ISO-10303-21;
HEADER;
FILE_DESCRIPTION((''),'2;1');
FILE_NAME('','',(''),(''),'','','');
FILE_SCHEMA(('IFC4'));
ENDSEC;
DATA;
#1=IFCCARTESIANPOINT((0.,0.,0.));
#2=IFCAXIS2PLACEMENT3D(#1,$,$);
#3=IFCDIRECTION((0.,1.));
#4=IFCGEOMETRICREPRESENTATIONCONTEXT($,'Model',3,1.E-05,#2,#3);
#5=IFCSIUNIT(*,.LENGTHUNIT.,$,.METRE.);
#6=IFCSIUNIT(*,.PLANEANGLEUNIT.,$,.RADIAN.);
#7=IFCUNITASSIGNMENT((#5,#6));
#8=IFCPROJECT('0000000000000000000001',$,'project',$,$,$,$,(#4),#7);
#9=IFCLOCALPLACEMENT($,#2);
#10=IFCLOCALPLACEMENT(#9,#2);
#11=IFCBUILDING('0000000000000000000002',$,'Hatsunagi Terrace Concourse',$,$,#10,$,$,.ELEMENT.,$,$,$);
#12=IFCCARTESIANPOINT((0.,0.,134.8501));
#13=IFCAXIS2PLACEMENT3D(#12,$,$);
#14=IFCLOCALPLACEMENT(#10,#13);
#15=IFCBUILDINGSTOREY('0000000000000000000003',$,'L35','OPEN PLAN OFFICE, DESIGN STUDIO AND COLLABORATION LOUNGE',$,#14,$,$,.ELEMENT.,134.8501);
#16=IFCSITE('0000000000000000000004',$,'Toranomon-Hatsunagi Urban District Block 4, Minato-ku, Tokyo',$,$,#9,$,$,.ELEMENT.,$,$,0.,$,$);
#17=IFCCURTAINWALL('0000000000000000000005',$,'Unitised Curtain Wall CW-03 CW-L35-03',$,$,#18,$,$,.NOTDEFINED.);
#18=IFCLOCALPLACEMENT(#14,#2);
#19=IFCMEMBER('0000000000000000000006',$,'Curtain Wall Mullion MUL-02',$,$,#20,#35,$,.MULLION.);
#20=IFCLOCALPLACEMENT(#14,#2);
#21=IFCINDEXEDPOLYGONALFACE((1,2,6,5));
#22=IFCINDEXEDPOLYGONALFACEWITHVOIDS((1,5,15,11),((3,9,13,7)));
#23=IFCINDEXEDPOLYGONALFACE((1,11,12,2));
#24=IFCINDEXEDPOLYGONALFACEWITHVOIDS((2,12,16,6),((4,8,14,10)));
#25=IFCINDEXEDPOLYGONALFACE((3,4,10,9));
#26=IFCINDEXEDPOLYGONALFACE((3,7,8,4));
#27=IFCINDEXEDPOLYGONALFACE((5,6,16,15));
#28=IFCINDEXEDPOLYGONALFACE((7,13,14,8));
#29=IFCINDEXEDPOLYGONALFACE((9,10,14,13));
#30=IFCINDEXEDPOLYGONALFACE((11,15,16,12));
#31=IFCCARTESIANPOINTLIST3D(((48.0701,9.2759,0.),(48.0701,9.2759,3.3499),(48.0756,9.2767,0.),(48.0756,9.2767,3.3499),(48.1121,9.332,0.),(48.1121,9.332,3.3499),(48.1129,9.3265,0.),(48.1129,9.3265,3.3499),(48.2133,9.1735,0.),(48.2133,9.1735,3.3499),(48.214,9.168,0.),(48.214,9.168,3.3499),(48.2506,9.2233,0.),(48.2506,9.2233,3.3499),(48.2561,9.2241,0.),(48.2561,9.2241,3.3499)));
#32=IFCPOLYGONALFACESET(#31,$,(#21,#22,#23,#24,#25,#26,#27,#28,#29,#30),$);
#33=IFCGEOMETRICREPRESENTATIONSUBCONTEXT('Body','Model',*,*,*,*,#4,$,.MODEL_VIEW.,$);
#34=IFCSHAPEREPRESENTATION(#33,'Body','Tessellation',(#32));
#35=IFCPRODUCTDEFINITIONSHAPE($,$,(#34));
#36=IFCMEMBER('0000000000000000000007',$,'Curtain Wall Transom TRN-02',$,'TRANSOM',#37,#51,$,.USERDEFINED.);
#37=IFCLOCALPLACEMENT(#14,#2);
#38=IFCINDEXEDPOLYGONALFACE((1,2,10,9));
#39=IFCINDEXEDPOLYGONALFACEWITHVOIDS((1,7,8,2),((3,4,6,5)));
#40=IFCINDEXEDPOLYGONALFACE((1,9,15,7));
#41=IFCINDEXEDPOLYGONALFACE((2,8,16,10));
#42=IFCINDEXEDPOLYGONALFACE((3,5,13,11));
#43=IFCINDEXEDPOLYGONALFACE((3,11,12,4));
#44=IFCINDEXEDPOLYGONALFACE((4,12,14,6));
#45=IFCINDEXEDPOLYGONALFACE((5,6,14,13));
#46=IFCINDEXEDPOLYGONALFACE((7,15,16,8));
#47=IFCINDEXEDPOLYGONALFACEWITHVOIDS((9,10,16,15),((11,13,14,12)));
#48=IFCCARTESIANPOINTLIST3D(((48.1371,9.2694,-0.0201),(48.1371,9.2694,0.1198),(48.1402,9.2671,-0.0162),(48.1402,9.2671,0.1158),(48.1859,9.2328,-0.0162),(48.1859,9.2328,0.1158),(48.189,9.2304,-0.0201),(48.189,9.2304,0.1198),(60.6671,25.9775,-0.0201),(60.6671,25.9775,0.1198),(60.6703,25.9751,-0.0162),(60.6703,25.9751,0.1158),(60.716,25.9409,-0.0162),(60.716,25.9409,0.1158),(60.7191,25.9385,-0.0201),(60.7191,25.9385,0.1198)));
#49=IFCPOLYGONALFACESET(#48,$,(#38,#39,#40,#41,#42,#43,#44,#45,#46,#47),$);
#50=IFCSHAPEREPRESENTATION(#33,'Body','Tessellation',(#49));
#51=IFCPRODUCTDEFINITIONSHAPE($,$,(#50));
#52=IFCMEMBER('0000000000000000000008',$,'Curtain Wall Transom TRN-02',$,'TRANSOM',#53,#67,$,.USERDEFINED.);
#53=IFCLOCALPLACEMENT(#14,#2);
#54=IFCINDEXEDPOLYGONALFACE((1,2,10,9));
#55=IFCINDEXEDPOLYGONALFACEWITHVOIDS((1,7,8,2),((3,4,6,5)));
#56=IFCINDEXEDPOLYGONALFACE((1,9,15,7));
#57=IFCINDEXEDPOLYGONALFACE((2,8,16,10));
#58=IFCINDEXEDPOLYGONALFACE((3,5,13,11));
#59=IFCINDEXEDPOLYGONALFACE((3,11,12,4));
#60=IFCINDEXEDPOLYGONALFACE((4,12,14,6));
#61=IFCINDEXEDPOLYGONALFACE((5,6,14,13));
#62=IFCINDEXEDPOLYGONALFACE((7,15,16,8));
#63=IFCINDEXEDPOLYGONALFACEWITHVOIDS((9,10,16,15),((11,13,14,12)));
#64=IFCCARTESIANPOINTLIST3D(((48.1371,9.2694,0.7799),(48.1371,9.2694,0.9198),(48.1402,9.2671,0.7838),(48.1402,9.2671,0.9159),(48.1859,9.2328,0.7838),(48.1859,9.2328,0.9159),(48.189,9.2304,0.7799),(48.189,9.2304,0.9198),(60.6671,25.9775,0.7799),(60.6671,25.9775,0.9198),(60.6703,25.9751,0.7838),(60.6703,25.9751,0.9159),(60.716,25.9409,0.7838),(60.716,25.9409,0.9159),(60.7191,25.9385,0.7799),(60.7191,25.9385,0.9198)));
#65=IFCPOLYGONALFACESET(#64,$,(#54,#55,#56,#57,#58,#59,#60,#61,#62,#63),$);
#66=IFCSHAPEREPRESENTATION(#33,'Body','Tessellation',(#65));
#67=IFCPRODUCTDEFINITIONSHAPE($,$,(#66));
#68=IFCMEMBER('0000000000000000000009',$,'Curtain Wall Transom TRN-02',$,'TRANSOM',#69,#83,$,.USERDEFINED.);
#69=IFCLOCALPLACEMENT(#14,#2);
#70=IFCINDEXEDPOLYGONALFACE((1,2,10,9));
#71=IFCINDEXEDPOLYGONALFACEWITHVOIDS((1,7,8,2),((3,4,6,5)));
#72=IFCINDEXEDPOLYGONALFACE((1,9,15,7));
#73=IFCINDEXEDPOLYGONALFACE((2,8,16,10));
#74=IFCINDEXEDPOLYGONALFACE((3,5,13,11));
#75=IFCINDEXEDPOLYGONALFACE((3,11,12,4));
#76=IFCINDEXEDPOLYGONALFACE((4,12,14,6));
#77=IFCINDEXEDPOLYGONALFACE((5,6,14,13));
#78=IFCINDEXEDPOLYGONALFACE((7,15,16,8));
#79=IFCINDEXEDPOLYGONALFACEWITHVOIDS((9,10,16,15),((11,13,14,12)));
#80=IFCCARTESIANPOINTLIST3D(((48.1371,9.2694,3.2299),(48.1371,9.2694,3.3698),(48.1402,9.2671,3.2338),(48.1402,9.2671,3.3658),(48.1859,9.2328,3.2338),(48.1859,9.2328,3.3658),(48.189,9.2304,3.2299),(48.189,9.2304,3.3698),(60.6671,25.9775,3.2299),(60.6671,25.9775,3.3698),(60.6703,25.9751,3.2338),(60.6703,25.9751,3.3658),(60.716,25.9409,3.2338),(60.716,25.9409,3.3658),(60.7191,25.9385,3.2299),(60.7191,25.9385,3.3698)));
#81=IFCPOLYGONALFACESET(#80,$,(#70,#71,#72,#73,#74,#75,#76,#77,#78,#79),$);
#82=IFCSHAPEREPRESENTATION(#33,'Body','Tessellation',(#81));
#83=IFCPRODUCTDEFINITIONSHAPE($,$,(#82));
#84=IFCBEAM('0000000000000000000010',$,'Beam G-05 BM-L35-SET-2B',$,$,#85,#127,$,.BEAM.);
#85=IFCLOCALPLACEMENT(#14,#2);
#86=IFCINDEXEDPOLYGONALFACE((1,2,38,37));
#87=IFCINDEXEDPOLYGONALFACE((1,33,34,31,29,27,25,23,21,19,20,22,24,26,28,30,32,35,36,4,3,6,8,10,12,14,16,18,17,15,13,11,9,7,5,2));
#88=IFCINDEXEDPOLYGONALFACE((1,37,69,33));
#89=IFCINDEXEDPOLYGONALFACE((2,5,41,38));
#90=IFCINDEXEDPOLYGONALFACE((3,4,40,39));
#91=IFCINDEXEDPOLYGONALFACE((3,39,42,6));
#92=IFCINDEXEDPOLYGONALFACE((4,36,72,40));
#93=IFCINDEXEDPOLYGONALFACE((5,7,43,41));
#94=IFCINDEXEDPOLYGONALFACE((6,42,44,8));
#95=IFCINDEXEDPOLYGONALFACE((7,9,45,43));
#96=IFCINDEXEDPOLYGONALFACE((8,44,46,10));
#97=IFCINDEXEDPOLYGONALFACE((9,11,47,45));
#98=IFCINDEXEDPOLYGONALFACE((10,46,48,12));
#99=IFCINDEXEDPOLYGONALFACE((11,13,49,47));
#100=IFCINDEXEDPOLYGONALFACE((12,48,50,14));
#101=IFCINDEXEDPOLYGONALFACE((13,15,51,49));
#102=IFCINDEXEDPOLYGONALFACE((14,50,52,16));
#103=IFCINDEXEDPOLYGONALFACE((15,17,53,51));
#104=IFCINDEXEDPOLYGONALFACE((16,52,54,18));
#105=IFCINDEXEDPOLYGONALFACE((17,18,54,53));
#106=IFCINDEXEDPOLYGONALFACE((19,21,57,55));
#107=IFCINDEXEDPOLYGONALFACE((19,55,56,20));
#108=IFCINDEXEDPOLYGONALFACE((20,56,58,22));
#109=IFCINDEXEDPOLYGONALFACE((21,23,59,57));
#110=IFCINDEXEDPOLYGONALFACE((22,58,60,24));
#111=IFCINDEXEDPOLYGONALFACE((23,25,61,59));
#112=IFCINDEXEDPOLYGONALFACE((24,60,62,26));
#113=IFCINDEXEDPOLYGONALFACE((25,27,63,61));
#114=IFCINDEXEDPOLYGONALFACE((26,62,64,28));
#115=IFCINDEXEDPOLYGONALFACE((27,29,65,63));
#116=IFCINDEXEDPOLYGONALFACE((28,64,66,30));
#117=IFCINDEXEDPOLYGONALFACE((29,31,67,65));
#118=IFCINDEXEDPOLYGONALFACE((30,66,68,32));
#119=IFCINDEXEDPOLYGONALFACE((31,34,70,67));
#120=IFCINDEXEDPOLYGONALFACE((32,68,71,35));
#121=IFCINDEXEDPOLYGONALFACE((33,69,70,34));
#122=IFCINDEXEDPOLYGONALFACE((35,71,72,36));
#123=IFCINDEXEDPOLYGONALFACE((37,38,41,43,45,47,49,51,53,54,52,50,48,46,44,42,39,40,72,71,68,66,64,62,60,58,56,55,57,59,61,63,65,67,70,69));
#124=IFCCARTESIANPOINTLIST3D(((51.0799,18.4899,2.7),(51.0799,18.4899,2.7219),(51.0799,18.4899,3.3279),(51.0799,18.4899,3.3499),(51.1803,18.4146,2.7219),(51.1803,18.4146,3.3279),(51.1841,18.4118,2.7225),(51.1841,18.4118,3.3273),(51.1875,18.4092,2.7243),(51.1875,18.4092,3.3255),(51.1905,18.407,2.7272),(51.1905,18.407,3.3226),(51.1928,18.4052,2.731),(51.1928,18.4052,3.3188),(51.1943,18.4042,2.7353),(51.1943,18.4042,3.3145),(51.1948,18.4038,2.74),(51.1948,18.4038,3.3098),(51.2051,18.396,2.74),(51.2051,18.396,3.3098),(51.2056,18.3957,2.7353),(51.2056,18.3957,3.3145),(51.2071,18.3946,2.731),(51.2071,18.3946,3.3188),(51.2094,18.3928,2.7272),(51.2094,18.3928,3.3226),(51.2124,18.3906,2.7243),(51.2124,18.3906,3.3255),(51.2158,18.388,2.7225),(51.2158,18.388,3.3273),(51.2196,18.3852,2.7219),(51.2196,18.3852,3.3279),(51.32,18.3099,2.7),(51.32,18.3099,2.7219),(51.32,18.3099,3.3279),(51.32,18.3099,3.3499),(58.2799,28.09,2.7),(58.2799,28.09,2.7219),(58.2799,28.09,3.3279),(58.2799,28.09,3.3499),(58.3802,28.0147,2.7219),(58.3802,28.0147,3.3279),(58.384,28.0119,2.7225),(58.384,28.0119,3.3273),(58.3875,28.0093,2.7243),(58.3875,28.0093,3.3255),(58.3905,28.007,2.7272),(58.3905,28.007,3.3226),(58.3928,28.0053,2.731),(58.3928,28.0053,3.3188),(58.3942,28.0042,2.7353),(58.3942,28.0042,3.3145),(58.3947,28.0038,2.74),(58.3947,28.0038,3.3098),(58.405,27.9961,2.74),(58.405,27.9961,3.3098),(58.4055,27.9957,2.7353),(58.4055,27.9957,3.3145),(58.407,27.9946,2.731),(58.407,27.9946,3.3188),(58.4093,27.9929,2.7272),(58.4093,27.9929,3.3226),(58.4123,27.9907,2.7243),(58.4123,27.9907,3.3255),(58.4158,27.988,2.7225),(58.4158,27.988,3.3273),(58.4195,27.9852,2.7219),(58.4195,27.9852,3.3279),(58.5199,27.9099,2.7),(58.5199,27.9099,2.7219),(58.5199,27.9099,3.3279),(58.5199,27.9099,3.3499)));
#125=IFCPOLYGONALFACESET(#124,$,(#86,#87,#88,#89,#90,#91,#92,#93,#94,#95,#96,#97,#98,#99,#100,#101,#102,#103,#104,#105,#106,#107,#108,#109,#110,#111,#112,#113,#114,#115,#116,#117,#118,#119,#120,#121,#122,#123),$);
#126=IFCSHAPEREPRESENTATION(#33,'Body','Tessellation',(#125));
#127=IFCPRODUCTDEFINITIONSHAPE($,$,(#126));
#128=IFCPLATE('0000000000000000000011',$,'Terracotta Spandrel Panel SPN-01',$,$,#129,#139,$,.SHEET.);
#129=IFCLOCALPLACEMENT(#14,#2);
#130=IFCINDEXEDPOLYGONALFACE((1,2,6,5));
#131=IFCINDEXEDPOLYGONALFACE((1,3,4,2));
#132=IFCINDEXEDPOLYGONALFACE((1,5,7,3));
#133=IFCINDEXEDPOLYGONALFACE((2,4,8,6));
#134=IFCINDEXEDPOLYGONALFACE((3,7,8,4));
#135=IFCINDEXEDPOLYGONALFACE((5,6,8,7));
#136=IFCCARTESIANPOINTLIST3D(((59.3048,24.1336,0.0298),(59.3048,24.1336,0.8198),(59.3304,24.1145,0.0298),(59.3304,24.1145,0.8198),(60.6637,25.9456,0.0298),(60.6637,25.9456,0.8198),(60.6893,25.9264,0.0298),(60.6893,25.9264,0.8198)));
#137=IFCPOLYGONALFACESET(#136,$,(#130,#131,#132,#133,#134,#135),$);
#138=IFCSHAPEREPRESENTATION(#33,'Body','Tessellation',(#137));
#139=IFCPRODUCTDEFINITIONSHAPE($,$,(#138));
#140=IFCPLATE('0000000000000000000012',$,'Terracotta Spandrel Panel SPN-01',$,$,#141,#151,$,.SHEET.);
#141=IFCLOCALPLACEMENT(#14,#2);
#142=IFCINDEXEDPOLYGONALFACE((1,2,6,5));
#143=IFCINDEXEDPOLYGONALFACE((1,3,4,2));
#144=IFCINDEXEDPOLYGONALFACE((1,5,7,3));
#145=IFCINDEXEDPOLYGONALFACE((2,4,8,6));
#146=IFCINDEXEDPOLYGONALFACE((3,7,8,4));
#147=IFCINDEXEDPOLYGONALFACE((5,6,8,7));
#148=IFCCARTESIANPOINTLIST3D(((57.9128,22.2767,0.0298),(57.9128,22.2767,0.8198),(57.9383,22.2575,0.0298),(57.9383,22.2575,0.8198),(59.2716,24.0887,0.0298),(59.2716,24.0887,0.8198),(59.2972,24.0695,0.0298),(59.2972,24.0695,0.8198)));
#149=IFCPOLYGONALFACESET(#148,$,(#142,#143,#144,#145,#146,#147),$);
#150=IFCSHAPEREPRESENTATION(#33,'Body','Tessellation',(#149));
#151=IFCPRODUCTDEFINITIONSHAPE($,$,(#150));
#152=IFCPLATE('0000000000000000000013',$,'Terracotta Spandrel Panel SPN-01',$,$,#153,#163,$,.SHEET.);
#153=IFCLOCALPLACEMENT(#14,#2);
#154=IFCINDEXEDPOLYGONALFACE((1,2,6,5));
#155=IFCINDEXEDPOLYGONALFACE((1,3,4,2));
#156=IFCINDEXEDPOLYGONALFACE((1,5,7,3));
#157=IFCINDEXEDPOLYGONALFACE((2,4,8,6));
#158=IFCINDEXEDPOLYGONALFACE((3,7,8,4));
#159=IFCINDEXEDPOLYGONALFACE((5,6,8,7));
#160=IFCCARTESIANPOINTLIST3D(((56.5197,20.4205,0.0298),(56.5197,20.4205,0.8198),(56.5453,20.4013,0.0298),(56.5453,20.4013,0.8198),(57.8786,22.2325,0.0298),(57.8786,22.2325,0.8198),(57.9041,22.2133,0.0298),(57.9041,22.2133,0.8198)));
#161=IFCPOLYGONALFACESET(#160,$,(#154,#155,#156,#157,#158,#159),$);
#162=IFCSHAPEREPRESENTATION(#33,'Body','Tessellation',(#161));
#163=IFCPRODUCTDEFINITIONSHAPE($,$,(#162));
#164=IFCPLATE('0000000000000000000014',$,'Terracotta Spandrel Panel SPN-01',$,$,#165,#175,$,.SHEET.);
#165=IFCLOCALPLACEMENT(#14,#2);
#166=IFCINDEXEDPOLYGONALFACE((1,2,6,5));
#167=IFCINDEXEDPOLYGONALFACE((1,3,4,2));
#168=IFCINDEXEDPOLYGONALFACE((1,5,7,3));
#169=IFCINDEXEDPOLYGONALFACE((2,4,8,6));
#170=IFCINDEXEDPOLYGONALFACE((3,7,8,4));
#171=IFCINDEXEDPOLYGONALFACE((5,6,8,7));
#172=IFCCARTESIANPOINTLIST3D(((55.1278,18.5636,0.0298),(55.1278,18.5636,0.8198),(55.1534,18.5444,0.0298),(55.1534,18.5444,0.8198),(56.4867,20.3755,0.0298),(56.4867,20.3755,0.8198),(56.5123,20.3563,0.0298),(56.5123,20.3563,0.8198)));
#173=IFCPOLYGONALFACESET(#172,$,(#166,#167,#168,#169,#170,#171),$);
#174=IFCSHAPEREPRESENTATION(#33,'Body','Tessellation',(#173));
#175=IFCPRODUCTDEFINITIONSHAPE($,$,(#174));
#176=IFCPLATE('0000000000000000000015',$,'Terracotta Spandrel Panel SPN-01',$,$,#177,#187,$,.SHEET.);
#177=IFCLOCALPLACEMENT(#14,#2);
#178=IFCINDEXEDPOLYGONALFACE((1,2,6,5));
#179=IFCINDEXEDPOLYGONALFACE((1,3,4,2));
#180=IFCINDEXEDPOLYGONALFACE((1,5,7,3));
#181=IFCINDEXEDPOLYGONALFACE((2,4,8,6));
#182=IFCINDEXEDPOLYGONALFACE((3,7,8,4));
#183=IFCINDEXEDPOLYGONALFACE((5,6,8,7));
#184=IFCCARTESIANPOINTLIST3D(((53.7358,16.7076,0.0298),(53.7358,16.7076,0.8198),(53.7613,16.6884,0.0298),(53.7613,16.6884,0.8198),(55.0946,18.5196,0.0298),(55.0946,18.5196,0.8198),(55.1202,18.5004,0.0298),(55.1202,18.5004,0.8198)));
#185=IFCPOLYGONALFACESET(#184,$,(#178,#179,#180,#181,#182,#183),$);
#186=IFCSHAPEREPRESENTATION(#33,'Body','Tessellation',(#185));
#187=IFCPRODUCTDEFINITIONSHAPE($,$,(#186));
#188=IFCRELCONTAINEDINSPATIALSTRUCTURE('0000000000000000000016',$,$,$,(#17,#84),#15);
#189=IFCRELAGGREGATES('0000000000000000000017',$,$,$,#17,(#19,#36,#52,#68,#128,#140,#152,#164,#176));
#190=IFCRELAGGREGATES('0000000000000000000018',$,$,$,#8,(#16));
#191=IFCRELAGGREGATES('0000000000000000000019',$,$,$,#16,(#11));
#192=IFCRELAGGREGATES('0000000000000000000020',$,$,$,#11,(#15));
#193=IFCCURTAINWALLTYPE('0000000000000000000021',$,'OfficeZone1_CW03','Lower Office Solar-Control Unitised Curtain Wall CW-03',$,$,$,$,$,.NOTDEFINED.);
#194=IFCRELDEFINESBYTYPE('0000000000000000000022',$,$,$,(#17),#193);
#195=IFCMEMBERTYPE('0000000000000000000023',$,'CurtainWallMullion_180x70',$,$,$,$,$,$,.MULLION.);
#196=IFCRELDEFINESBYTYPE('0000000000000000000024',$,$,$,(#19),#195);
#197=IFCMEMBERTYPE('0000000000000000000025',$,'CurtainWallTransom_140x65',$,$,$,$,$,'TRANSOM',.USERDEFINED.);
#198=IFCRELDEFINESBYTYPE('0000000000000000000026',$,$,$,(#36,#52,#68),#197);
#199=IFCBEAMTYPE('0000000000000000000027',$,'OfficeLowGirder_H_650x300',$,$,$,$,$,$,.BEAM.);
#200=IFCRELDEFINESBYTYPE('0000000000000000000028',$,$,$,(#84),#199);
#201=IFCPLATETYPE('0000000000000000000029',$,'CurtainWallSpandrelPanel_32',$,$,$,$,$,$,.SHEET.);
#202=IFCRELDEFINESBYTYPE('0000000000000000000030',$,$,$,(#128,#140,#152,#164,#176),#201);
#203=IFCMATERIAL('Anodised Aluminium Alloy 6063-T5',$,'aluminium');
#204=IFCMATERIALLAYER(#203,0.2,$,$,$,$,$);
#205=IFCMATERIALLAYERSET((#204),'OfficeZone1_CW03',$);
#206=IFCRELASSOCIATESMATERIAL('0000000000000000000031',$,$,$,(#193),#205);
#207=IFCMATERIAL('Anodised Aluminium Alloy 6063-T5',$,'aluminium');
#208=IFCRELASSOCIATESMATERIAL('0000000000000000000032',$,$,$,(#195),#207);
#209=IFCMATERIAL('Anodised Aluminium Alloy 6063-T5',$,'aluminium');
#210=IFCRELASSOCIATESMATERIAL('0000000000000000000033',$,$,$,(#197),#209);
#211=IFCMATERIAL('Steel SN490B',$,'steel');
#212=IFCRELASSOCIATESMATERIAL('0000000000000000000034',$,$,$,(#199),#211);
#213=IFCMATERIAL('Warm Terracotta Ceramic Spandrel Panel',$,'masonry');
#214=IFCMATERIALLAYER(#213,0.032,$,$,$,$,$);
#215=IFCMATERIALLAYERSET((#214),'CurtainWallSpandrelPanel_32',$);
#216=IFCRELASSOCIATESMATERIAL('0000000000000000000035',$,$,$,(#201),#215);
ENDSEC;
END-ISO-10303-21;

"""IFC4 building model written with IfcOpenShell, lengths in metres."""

from ifc_helpers import new_model, si_unit, direction, frame, origin, origin_2d, place, context, subcontext, project, spatial, rectangle, hollow_rectangle, i_section, extrude, material, layer, layer_set, material_profile, profile_set, type_object, element, aggregate, save


model = new_model("IFC4")

# Units and contexts
model_context = context("Model", 3, precision=1e-05, world=origin(), true_north=direction((0.0, 1.0)))
body_context = subcontext(model_context, "Body", "Model", "MODEL_VIEW")
ifc_project = project(units=[si_unit("LENGTHUNIT", "METRE"), si_unit("PLANEANGLEUNIT", "RADIAN")], contexts=[model_context])

# Site, building, storey
site_placement = place(None, origin())
site = spatial("IfcSite", under=ifc_project, at=site_placement, Name="Toranomon-Hatsunagi Urban District Block 4, Minato-ku, Tokyo", CompositionType="ELEMENT", RefElevation=0.0)
building_placement = place(site_placement, origin())
building = spatial("IfcBuilding", under=site, at=building_placement, Name="Hatsunagi Terrace Concourse", CompositionType="ELEMENT")
storey_placement = place(building_placement, frame((0.0, 0.0, 134.8501)))
storey = spatial("IfcBuildingStorey", under=building, at=storey_placement, Name="L35", Description="OPEN PLAN OFFICE, DESIGN STUDIO AND COLLABORATION LOUNGE", CompositionType="ELEMENT", Elevation=134.8501)

# Curtain wall, members
ifc_material_1 = material(Name="Anodised Aluminium Alloy 6063-T5", Category="aluminium")
ifc_layer_1 = layer(ifc_material_1, 0.2)
ifc_layer_set_1 = layer_set([ifc_layer_1], Name="OfficeZone1_CW03")
curtain_wall_type = type_object("IfcCurtainWallType", Name="OfficeZone1_CW03", Description="Lower Office Solar-Control Unitised Curtain Wall CW-03", PredefinedType="NOTDEFINED", material=ifc_layer_set_1)
curtain_wall_placement = place(storey_placement, origin())
curtain_wall = element("IfcCurtainWall", 1, at=curtain_wall_placement, inside=storey, type_object=curtain_wall_type, Name="Unitised Curtain Wall CW-03 CW-L35-03", PredefinedType="NOTDEFINED")
ifc_material_2 = material(Name="Anodised Aluminium Alloy 6063-T5", Category="aluminium")
ifc_material_profile_1 = material_profile(ifc_material_2, hollow_rectangle(XDim=0.0701, YDim=0.1799, WallThickness=0.0039, at=origin_2d()), Name="ALU-MUL-180x70x4")
ifc_profile_set_1 = profile_set([ifc_material_profile_1], Name="Anodised Aluminium Alloy 6063-T5")
member_type_1 = type_object("IfcMemberType", Name="CurtainWallMullion_180x70", PredefinedType="MULLION", material=ifc_profile_set_1)
member_1_placement = place(storey_placement, frame((48.1631, 9.25, 0.0), z_axis=(0.0, 0.0, 1.0), x_axis=(-0.599969, -0.800023, 0.0)))
member_1 = element("IfcMember", 2, at=member_1_placement, type_object=member_type_1, Name="Curtain Wall Mullion MUL-02", PredefinedType="MULLION", context=body_context, shape_type="SweptSolid", body=[
    extrude(hollow_rectangle(XDim=0.0701, YDim=0.1799, WallThickness=0.0039, at=origin_2d()), origin(), (0.0, 0.0, 1.0), 3.3499),
])
ifc_material_3 = material(Name="Anodised Aluminium Alloy 6063-T5", Category="aluminium")
ifc_material_profile_2 = material_profile(ifc_material_3, hollow_rectangle(XDim=0.0649, YDim=0.1399, WallThickness=0.0039, at=origin_2d()), Name="ALU-TRN-140x65x4")
ifc_profile_set_2 = profile_set([ifc_material_profile_2], Name="Anodised Aluminium Alloy 6063-T5")
member_type_2 = type_object("IfcMemberType", Name="CurtainWallTransom_140x65", ElementType="TRANSOM", PredefinedType="USERDEFINED", material=ifc_profile_set_2)
member_2_placement = place(storey_placement, frame((60.6931, 25.958, 0.0498), z_axis=(-0.59997, -0.800022, 0.0), x_axis=(0.800022, -0.59997, 0.0)))
member_2 = element("IfcMember", 3, at=member_2_placement, type_object=member_type_2, Name="Curtain Wall Transom TRN-02", ObjectType="TRANSOM", PredefinedType="USERDEFINED", context=body_context, shape_type="SweptSolid", body=[
    extrude(hollow_rectangle(XDim=0.0649, YDim=0.1399, WallThickness=0.0039, at=origin_2d()), origin(), (0.0, 0.0, 1.0), 20.8845),
])
member_3_placement = place(storey_placement, frame((60.6931, 25.958, 0.8499), z_axis=(-0.59997, -0.800022, 0.0), x_axis=(0.800022, -0.59997, 0.0)))
member_3 = element("IfcMember", 4, at=member_3_placement, type_object=member_type_2, Name="Curtain Wall Transom TRN-02", ObjectType="TRANSOM", PredefinedType="USERDEFINED", context=body_context, shape_type="SweptSolid", body=[
    extrude(hollow_rectangle(XDim=0.0649, YDim=0.1399, WallThickness=0.0039, at=origin_2d()), origin(), (0.0, 0.0, 1.0), 20.8845),
])
member_4_placement = place(storey_placement, frame((60.6931, 25.958, 3.2998), z_axis=(-0.59997, -0.800022, 0.0), x_axis=(0.800022, -0.59997, 0.0)))
member_4 = element("IfcMember", 5, at=member_4_placement, type_object=member_type_2, Name="Curtain Wall Transom TRN-02", ObjectType="TRANSOM", PredefinedType="USERDEFINED", context=body_context, shape_type="SweptSolid", body=[
    extrude(hollow_rectangle(XDim=0.0649, YDim=0.1399, WallThickness=0.0039, at=origin_2d()), origin(), (0.0, 0.0, 1.0), 20.8845),
])

# Beam
ifc_material_4 = material(Name="Steel SN490B", Category="steel")
ifc_material_profile_3 = material_profile(ifc_material_4, i_section(OverallWidth=0.3, OverallDepth=0.6499, WebThickness=0.0129, FlangeThickness=0.022, FilletRadius=0.0181, at=origin_2d()), Name="H-650x300x13x22")
ifc_profile_set_3 = profile_set([ifc_material_profile_3], Name="Steel SN490B")
beam_type = type_object("IfcBeamType", Name="OfficeLowGirder_H_650x300", PredefinedType="BEAM", material=ifc_profile_set_3)
beam_placement = place(storey_placement, frame((51.2, 18.3999, 3.0249), z_axis=(0.599993, 0.800005, 0.0), x_axis=(-0.800005, 0.599993, 0.0)))
element("IfcBeam", 6, at=beam_placement, inside=storey, type_object=beam_type, Name="Beam G-05 BM-L35-SET-2B", PredefinedType="BEAM", context=body_context, shape_type="SweptSolid", body=[
    extrude(i_section(OverallWidth=0.3, OverallDepth=0.6499, WebThickness=0.0129, FlangeThickness=0.022, FilletRadius=0.0181, at=origin_2d()), origin(), (0.0, 0.0, 1.0), 12.0),
])

# Plates
ifc_material_5 = material(Name="Warm Terracotta Ceramic Spandrel Panel", Category="masonry")
ifc_layer_2 = layer(ifc_material_5, 0.032)
ifc_layer_set_2 = layer_set([ifc_layer_2], Name="CurtainWallSpandrelPanel_32")
plate_type_1 = type_object("IfcPlateType", Name="CurtainWallSpandrelPanel_32", PredefinedType="SHEET", material=ifc_layer_set_2)
plate_1_placement = place(storey_placement, frame((59.9971, 25.03, 0.0298), z_axis=(0.0, 0.0, 1.0), x_axis=(-0.599969, -0.800023, 0.0)))
plate_1 = element("IfcPlate", 7, at=plate_1_placement, type_object=plate_type_1, Name="Terracotta Spandrel Panel SPN-01", PredefinedType="SHEET", context=body_context, shape_type="SweptSolid", body=[
    extrude(rectangle(XDim=2.2649, YDim=0.032, at=origin_2d()), origin(), (0.0, 0.0, 1.0), 0.79),
])
plate_2_placement = place(storey_placement, frame((58.605, 23.1731, 0.0298), z_axis=(0.0, 0.0, 1.0), x_axis=(-0.599969, -0.800023, 0.0)))
plate_2 = element("IfcPlate", 8, at=plate_2_placement, type_object=plate_type_1, Name="Terracotta Spandrel Panel SPN-01", PredefinedType="SHEET", context=body_context, shape_type="SweptSolid", body=[
    extrude(rectangle(XDim=2.2649, YDim=0.032, at=origin_2d()), origin(), (0.0, 0.0, 1.0), 0.79),
])
plate_3_placement = place(storey_placement, frame((57.2119, 21.3169, 0.0298), z_axis=(0.0, 0.0, 1.0), x_axis=(-0.599969, -0.800023, 0.0)))
plate_3 = element("IfcPlate", 9, at=plate_3_placement, type_object=plate_type_1, Name="Terracotta Spandrel Panel SPN-01", PredefinedType="SHEET", context=body_context, shape_type="SweptSolid", body=[
    extrude(rectangle(XDim=2.2649, YDim=0.032, at=origin_2d()), origin(), (0.0, 0.0, 1.0), 0.79),
])
plate_4_placement = place(storey_placement, frame((55.8201, 19.46, 0.0298), z_axis=(0.0, 0.0, 1.0), x_axis=(-0.599969, -0.800023, 0.0)))
plate_4 = element("IfcPlate", 10, at=plate_4_placement, type_object=plate_type_1, Name="Terracotta Spandrel Panel SPN-01", PredefinedType="SHEET", context=body_context, shape_type="SweptSolid", body=[
    extrude(rectangle(XDim=2.2649, YDim=0.032, at=origin_2d()), origin(), (0.0, 0.0, 1.0), 0.79),
])
plate_5_placement = place(storey_placement, frame((54.428, 17.604, 0.0298), z_axis=(0.0, 0.0, 1.0), x_axis=(-0.599969, -0.800023, 0.0)))
plate_5 = element("IfcPlate", 11, at=plate_5_placement, type_object=plate_type_1, Name="Terracotta Spandrel Panel SPN-01", PredefinedType="SHEET", context=body_context, shape_type="SweptSolid", body=[
    extrude(rectangle(XDim=2.2649, YDim=0.032, at=origin_2d()), origin(), (0.0, 0.0, 1.0), 0.79),
])
aggregate(curtain_wall, [member_1, member_2, member_3, member_4, plate_1, plate_2, plate_3, plate_4, plate_5])

save(model, "model.ifc")
